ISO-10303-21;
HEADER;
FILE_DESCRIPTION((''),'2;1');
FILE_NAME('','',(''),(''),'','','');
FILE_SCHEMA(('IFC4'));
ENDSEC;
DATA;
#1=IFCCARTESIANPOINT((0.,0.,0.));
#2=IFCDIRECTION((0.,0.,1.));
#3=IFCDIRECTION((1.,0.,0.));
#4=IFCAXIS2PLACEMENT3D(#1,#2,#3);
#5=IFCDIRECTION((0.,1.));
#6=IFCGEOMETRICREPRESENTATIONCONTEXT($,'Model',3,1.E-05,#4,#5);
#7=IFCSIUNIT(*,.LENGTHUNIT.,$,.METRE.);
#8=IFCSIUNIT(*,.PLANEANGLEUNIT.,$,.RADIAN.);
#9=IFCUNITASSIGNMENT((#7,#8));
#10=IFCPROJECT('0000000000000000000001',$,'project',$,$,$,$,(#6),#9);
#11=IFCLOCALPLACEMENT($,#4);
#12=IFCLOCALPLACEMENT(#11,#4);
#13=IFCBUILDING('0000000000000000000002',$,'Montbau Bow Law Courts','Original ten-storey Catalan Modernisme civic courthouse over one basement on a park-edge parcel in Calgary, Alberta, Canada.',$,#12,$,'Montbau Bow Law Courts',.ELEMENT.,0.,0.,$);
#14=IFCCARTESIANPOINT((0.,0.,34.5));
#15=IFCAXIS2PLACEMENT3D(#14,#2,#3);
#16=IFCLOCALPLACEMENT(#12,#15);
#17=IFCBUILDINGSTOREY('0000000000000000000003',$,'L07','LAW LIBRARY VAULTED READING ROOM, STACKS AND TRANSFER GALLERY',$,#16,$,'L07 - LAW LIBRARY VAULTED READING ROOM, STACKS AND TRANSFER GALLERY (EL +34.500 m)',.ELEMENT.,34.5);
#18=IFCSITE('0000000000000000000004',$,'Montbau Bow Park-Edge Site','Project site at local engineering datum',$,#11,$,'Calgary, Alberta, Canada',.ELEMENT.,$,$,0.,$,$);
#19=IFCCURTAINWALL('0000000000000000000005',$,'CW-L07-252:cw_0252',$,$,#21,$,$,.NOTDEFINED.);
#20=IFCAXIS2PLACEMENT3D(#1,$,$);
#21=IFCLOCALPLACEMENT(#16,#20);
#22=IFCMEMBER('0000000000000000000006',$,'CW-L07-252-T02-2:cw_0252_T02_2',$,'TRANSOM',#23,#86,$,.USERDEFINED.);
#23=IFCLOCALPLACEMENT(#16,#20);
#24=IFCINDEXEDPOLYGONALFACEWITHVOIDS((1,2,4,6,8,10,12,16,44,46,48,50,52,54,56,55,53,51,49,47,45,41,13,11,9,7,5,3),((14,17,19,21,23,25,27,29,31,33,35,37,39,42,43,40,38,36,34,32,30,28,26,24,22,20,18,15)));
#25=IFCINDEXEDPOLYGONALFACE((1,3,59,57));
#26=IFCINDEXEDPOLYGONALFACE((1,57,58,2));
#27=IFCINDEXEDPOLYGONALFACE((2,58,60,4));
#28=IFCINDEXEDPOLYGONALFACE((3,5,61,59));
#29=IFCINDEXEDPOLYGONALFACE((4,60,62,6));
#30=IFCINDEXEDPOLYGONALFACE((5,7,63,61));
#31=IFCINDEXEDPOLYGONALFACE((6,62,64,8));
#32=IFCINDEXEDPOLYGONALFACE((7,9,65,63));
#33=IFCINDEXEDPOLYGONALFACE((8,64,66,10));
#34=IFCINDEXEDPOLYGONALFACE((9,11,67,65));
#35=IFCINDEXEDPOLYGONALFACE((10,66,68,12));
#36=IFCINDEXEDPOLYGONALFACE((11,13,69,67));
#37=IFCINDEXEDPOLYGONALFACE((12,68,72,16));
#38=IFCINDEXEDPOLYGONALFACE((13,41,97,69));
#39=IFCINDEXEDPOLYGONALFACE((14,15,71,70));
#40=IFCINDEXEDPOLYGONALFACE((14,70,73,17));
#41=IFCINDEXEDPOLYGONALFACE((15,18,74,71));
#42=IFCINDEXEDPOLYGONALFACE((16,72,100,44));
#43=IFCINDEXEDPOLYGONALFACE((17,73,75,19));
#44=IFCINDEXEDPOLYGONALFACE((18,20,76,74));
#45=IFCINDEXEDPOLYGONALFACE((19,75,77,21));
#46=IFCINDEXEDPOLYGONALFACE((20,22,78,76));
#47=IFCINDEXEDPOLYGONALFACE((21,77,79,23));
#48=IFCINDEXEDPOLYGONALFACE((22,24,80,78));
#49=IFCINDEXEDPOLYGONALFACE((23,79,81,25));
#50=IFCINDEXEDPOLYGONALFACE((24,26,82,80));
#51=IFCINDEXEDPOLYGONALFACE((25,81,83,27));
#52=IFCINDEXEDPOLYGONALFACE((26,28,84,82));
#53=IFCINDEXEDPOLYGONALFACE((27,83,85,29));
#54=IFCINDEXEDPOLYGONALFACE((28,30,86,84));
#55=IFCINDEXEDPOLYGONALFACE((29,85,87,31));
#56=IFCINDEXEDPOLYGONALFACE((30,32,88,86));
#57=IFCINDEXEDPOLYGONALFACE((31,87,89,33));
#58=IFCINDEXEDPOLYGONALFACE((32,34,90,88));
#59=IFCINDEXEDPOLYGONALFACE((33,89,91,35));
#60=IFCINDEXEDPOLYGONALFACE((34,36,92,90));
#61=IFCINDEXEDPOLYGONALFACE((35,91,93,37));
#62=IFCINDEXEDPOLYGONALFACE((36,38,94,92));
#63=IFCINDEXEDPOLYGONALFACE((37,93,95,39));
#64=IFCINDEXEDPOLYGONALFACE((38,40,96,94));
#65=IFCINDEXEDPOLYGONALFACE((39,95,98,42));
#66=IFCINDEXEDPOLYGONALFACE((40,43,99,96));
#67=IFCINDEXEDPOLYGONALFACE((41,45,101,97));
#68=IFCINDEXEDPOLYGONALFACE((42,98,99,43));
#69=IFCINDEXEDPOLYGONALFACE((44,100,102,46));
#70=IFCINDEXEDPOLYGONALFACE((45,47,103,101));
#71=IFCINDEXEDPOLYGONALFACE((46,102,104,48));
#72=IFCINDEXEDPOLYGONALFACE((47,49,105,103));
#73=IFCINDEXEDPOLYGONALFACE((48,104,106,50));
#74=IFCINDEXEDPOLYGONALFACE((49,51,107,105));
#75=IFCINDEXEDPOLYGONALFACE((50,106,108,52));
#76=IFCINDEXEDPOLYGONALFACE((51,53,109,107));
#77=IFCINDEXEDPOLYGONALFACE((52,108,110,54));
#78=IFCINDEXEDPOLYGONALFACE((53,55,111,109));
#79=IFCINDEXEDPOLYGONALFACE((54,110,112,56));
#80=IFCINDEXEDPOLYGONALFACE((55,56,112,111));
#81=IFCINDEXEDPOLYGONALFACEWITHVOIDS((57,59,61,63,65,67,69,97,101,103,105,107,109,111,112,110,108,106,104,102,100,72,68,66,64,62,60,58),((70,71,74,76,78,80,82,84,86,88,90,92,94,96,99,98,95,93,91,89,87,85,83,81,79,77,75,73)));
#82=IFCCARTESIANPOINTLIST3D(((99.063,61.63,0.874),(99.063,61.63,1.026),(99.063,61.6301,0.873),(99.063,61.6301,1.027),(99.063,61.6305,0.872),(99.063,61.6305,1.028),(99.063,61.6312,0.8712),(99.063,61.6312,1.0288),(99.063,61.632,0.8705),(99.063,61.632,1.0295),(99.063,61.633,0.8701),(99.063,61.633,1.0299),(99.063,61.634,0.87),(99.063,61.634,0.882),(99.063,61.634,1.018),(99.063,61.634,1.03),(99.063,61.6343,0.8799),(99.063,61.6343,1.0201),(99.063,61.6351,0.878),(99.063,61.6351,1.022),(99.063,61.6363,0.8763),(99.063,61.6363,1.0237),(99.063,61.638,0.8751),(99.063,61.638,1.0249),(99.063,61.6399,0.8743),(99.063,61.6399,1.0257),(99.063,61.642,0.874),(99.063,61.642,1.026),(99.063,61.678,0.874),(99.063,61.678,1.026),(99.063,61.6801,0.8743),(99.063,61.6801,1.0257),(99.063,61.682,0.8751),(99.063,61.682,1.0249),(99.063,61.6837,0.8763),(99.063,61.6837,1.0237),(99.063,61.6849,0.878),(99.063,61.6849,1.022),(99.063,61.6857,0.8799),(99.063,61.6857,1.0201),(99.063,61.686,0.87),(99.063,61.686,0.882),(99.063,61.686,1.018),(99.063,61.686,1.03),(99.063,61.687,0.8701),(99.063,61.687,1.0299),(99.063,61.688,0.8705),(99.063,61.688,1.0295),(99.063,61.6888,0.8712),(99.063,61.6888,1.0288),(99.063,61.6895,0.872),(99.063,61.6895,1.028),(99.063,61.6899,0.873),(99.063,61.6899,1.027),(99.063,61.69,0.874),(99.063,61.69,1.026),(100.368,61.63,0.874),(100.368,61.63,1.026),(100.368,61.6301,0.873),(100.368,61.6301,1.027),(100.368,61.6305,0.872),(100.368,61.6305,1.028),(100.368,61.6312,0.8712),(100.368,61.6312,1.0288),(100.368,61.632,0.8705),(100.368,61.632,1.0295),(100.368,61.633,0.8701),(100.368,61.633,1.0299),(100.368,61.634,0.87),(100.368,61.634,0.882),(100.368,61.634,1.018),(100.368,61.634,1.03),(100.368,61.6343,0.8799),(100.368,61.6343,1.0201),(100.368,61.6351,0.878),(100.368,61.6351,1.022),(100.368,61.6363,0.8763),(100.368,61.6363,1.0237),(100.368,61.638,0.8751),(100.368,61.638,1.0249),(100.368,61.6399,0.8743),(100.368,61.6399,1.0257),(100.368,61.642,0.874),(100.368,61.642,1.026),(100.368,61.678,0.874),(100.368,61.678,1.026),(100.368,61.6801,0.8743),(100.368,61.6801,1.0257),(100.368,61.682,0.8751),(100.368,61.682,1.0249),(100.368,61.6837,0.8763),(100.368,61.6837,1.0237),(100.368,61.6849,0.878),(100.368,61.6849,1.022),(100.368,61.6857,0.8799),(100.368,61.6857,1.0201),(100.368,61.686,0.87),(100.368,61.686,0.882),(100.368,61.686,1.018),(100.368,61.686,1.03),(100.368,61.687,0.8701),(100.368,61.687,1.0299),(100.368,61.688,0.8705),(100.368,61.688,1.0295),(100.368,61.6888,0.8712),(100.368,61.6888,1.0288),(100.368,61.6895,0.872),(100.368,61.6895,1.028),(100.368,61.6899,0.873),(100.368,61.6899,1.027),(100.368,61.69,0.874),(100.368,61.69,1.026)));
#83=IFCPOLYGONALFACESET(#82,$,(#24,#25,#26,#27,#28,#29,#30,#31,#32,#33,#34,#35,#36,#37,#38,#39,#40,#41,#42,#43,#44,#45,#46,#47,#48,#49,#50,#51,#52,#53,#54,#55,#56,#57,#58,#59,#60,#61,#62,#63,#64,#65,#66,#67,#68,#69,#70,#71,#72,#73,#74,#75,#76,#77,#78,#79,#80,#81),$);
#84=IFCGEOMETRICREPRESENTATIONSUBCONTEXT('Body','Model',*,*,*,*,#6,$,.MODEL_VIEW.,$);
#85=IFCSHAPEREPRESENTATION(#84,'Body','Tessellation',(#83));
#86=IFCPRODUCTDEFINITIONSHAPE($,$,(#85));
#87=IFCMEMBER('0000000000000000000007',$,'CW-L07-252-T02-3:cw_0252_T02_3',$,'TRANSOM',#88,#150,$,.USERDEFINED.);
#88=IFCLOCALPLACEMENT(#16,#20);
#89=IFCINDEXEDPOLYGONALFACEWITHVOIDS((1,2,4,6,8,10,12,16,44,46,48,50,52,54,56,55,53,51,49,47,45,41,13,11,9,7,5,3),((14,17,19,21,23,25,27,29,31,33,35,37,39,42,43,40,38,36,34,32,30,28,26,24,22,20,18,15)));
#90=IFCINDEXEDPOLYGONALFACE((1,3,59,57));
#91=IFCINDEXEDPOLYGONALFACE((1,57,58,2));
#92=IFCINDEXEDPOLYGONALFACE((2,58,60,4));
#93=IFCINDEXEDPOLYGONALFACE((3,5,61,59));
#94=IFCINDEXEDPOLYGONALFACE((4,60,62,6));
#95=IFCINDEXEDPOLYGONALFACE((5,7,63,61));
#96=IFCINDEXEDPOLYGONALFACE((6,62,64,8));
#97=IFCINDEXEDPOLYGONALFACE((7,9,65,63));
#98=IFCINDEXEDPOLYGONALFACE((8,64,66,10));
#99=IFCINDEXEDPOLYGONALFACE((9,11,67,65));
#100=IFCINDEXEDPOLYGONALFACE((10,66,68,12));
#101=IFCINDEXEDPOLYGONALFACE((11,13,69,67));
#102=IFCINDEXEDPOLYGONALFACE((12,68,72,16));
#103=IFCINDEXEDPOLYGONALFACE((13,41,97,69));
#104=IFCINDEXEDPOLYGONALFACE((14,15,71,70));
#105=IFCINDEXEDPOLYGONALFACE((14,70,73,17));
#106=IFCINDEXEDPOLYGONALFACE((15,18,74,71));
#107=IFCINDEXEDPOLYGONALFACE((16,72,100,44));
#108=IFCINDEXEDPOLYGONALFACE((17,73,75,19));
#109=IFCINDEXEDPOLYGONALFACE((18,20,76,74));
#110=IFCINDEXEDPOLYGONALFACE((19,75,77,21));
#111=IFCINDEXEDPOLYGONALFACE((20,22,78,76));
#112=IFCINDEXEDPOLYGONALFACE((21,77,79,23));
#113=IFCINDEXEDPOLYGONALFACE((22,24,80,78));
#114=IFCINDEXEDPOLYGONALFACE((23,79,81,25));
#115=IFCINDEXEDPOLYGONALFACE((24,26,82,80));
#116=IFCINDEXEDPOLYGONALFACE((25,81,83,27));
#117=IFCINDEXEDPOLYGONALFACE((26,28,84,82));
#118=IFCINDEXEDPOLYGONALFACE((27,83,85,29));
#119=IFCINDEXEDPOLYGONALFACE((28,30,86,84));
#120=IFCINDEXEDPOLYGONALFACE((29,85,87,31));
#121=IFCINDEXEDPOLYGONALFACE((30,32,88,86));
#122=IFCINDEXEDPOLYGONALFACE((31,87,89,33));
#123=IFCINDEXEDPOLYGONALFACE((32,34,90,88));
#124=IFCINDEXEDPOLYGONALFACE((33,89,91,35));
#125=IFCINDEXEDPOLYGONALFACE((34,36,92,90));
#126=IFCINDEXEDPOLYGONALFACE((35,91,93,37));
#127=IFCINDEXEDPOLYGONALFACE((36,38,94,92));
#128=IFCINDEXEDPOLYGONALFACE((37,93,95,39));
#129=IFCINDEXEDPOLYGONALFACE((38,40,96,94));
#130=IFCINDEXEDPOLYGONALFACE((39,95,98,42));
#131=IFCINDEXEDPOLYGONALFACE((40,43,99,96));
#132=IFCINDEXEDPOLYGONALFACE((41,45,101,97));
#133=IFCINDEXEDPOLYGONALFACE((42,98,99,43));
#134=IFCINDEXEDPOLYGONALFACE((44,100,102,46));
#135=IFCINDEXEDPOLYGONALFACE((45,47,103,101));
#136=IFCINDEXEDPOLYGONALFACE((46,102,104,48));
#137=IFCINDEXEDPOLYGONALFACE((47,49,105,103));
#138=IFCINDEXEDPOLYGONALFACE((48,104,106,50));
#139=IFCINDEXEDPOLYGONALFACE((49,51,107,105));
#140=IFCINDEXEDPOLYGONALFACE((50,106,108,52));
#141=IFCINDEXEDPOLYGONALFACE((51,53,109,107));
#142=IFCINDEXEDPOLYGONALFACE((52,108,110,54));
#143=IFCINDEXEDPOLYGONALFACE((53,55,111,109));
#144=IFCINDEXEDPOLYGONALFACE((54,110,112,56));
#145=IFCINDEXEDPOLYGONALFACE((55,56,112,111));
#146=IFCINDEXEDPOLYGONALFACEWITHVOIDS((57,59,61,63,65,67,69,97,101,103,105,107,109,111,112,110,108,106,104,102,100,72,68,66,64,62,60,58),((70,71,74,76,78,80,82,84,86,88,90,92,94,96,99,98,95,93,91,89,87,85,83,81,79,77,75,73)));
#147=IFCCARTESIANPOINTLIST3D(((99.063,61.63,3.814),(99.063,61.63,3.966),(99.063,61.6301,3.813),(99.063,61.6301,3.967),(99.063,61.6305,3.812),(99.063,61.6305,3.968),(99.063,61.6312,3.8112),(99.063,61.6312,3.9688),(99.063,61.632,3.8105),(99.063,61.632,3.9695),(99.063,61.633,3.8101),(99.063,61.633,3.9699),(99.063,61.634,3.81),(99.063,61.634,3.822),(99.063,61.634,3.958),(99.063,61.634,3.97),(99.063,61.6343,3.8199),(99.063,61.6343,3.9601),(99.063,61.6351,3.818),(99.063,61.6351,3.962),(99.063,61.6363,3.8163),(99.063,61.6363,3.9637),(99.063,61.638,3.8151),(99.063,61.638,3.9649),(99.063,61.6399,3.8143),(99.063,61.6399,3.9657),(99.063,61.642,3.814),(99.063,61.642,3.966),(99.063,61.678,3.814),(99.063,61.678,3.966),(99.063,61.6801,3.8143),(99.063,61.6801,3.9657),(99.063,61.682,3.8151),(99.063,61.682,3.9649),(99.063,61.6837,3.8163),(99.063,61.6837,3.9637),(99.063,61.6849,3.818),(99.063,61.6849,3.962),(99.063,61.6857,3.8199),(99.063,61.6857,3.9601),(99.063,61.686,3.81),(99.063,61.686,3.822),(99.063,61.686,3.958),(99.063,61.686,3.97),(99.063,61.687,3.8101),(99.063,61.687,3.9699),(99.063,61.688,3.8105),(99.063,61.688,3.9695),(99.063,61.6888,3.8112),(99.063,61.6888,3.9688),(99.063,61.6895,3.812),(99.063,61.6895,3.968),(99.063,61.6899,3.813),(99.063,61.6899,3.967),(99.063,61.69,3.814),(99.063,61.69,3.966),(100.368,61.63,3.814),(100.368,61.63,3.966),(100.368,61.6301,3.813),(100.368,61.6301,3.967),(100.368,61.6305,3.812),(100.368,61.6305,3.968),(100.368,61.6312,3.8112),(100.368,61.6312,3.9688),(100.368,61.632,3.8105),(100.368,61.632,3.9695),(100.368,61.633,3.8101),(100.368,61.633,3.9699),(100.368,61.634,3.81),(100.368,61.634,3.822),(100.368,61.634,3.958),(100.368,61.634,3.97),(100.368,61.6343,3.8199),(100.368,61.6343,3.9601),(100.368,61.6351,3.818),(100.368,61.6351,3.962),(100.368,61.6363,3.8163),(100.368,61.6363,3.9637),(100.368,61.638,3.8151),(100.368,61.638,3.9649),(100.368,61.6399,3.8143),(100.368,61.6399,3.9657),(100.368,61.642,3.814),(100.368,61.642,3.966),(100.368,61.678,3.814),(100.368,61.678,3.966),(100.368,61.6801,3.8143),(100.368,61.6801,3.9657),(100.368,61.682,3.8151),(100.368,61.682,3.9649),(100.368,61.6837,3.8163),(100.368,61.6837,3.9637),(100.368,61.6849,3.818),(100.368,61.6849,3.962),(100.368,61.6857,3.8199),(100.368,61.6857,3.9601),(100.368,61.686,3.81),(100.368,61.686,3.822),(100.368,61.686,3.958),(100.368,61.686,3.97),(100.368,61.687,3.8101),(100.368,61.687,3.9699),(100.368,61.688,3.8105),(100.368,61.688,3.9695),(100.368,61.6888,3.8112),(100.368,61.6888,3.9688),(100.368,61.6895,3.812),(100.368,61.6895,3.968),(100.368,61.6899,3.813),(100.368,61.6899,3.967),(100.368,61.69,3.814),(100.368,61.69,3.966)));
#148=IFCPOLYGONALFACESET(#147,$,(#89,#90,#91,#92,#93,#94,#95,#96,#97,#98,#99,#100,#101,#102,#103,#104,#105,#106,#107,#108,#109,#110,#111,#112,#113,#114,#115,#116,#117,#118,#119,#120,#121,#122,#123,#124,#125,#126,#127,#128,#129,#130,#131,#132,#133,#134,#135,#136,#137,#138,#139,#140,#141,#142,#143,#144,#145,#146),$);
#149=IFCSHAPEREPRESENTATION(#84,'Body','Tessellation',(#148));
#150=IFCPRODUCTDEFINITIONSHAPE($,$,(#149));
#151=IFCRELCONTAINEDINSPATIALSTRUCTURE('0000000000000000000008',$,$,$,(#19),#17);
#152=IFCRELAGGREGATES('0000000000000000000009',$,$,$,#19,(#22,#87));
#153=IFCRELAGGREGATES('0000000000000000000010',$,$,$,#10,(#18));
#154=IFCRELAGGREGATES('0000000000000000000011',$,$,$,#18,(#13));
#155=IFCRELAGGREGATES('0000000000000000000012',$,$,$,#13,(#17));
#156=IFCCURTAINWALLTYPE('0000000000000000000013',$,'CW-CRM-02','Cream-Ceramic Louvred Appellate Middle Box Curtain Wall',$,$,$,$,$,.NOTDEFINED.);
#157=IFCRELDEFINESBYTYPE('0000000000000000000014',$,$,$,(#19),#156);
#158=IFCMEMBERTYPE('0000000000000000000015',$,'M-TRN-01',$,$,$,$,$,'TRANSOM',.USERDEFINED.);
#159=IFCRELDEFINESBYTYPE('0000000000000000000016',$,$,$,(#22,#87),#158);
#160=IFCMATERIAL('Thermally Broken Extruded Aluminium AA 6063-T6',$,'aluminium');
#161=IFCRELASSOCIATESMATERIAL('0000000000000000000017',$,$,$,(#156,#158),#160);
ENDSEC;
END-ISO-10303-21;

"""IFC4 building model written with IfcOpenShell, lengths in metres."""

from ifc_helpers import new_model, si_unit, direction, frame, origin_with_axes, origin_2d_with_axis, place, context, subcontext, project, spatial, hollow_rectangle, extrude, material, material_profile, profile_set, type_object, element, aggregate, save


model = new_model("IFC4")

# Units and contexts
model_context = context("Model", 3, precision=1e-05, world=origin_with_axes(), true_north=direction((0.0, 1.0)))
body_context = subcontext(model_context, "Body", "Model", "MODEL_VIEW")
ifc_project = project(units=[si_unit("LENGTHUNIT", "METRE"), si_unit("PLANEANGLEUNIT", "RADIAN")], contexts=[model_context])

# Site, building, storey
site_placement = place(None, origin_with_axes())
site = spatial("IfcSite", under=ifc_project, at=site_placement, Name="Montbau Bow Park-Edge Site", Description="Project site at local engineering datum", LongName="Calgary, Alberta, Canada", CompositionType="ELEMENT", RefElevation=0.0)
building_placement = place(site_placement, origin_with_axes())
building = spatial("IfcBuilding", under=site, at=building_placement, Name="Montbau Bow Law Courts", Description="Original ten-storey Catalan Modernisme civic courthouse over one basement on a park-edge parcel in Calgary, Alberta, Canada.", LongName="Montbau Bow Law Courts", CompositionType="ELEMENT", ElevationOfRefHeight=0.0, ElevationOfTerrain=0.0)
storey_placement = place(building_placement, frame((0.0, 0.0, 34.5), z_axis=(0.0, 0.0, 1.0), x_axis=(1.0, 0.0, 0.0)))
storey = spatial("IfcBuildingStorey", under=building, at=storey_placement, Name="L07", Description="LAW LIBRARY VAULTED READING ROOM, STACKS AND TRANSFER GALLERY", LongName="L07 - LAW LIBRARY VAULTED READING ROOM, STACKS AND TRANSFER GALLERY (EL +34.500 m)", CompositionType="ELEMENT", Elevation=34.5)

# Curtain wall, members
ifc_material_1 = material(Name="Thermally Broken Extruded Aluminium AA 6063-T6", Category="aluminium")
curtain_wall_type = type_object("IfcCurtainWallType", Name="CW-CRM-02", Description="Cream-Ceramic Louvred Appellate Middle Box Curtain Wall", PredefinedType="NOTDEFINED", material=ifc_material_1)
curtain_wall_placement = place(None, frame((97.64, 61.66, 34.5), z_axis=(0.0, 0.0, 1.0), x_axis=(1.0, 0.0, 0.0)))
curtain_wall = element("IfcCurtainWall", 1, at=curtain_wall_placement, inside=storey, type_object=curtain_wall_type, Name="CW-L07-252:cw_0252", PredefinedType="NOTDEFINED")
ifc_material_profile_1 = material_profile(ifc_material_1, hollow_rectangle(XDim=0.06, YDim=0.16, WallThickness=0.004, InnerFilletRadius=0.008, OuterFilletRadius=0.004, at=origin_2d_with_axis()), Name="CWT-160X60", Category="Main", Priority=0)
ifc_profile_set_1 = profile_set([ifc_material_profile_1], Name="Thermally Broken Extruded Aluminium AA 6063-T6")
member_type_1 = type_object("IfcMemberType", Name="M-TRN-01", ElementType="TRANSOM", PredefinedType="USERDEFINED", material=ifc_profile_set_1)
member_1_placement = place(None, frame((99.063, 61.66, 35.45), z_axis=(1.0, 0.0, 0.0), x_axis=(0.0, 1.0, 0.0)))
member_1 = element("IfcMember", 2, at=member_1_placement, type_object=member_type_1, Name="CW-L07-252-T02-2:cw_0252_T02_2", ObjectType="TRANSOM", PredefinedType="USERDEFINED", context=body_context, shape_type="SweptSolid", body=[
    extrude(hollow_rectangle(XDim=0.06, YDim=0.16, WallThickness=0.004, InnerFilletRadius=0.008, OuterFilletRadius=0.004, at=origin_2d_with_axis()), origin_with_axes(), (0.0, 0.0, 1.0), 1.305),
])
member_2_placement = place(None, frame((99.063, 61.66, 38.39), z_axis=(1.0, 0.0, 0.0), x_axis=(0.0, 1.0, 0.0)))
member_2 = element("IfcMember", 3, at=member_2_placement, type_object=member_type_1, Name="CW-L07-252-T02-3:cw_0252_T02_3", ObjectType="TRANSOM", PredefinedType="USERDEFINED", context=body_context, shape_type="SweptSolid", body=[
    extrude(hollow_rectangle(XDim=0.06, YDim=0.16, WallThickness=0.004, InnerFilletRadius=0.008, OuterFilletRadius=0.004, at=origin_2d_with_axis()), origin_with_axes(), (0.0, 0.0, 1.0), 1.305),
])
aggregate(curtain_wall, [member_1, member_2])

save(model, "model.ifc")
